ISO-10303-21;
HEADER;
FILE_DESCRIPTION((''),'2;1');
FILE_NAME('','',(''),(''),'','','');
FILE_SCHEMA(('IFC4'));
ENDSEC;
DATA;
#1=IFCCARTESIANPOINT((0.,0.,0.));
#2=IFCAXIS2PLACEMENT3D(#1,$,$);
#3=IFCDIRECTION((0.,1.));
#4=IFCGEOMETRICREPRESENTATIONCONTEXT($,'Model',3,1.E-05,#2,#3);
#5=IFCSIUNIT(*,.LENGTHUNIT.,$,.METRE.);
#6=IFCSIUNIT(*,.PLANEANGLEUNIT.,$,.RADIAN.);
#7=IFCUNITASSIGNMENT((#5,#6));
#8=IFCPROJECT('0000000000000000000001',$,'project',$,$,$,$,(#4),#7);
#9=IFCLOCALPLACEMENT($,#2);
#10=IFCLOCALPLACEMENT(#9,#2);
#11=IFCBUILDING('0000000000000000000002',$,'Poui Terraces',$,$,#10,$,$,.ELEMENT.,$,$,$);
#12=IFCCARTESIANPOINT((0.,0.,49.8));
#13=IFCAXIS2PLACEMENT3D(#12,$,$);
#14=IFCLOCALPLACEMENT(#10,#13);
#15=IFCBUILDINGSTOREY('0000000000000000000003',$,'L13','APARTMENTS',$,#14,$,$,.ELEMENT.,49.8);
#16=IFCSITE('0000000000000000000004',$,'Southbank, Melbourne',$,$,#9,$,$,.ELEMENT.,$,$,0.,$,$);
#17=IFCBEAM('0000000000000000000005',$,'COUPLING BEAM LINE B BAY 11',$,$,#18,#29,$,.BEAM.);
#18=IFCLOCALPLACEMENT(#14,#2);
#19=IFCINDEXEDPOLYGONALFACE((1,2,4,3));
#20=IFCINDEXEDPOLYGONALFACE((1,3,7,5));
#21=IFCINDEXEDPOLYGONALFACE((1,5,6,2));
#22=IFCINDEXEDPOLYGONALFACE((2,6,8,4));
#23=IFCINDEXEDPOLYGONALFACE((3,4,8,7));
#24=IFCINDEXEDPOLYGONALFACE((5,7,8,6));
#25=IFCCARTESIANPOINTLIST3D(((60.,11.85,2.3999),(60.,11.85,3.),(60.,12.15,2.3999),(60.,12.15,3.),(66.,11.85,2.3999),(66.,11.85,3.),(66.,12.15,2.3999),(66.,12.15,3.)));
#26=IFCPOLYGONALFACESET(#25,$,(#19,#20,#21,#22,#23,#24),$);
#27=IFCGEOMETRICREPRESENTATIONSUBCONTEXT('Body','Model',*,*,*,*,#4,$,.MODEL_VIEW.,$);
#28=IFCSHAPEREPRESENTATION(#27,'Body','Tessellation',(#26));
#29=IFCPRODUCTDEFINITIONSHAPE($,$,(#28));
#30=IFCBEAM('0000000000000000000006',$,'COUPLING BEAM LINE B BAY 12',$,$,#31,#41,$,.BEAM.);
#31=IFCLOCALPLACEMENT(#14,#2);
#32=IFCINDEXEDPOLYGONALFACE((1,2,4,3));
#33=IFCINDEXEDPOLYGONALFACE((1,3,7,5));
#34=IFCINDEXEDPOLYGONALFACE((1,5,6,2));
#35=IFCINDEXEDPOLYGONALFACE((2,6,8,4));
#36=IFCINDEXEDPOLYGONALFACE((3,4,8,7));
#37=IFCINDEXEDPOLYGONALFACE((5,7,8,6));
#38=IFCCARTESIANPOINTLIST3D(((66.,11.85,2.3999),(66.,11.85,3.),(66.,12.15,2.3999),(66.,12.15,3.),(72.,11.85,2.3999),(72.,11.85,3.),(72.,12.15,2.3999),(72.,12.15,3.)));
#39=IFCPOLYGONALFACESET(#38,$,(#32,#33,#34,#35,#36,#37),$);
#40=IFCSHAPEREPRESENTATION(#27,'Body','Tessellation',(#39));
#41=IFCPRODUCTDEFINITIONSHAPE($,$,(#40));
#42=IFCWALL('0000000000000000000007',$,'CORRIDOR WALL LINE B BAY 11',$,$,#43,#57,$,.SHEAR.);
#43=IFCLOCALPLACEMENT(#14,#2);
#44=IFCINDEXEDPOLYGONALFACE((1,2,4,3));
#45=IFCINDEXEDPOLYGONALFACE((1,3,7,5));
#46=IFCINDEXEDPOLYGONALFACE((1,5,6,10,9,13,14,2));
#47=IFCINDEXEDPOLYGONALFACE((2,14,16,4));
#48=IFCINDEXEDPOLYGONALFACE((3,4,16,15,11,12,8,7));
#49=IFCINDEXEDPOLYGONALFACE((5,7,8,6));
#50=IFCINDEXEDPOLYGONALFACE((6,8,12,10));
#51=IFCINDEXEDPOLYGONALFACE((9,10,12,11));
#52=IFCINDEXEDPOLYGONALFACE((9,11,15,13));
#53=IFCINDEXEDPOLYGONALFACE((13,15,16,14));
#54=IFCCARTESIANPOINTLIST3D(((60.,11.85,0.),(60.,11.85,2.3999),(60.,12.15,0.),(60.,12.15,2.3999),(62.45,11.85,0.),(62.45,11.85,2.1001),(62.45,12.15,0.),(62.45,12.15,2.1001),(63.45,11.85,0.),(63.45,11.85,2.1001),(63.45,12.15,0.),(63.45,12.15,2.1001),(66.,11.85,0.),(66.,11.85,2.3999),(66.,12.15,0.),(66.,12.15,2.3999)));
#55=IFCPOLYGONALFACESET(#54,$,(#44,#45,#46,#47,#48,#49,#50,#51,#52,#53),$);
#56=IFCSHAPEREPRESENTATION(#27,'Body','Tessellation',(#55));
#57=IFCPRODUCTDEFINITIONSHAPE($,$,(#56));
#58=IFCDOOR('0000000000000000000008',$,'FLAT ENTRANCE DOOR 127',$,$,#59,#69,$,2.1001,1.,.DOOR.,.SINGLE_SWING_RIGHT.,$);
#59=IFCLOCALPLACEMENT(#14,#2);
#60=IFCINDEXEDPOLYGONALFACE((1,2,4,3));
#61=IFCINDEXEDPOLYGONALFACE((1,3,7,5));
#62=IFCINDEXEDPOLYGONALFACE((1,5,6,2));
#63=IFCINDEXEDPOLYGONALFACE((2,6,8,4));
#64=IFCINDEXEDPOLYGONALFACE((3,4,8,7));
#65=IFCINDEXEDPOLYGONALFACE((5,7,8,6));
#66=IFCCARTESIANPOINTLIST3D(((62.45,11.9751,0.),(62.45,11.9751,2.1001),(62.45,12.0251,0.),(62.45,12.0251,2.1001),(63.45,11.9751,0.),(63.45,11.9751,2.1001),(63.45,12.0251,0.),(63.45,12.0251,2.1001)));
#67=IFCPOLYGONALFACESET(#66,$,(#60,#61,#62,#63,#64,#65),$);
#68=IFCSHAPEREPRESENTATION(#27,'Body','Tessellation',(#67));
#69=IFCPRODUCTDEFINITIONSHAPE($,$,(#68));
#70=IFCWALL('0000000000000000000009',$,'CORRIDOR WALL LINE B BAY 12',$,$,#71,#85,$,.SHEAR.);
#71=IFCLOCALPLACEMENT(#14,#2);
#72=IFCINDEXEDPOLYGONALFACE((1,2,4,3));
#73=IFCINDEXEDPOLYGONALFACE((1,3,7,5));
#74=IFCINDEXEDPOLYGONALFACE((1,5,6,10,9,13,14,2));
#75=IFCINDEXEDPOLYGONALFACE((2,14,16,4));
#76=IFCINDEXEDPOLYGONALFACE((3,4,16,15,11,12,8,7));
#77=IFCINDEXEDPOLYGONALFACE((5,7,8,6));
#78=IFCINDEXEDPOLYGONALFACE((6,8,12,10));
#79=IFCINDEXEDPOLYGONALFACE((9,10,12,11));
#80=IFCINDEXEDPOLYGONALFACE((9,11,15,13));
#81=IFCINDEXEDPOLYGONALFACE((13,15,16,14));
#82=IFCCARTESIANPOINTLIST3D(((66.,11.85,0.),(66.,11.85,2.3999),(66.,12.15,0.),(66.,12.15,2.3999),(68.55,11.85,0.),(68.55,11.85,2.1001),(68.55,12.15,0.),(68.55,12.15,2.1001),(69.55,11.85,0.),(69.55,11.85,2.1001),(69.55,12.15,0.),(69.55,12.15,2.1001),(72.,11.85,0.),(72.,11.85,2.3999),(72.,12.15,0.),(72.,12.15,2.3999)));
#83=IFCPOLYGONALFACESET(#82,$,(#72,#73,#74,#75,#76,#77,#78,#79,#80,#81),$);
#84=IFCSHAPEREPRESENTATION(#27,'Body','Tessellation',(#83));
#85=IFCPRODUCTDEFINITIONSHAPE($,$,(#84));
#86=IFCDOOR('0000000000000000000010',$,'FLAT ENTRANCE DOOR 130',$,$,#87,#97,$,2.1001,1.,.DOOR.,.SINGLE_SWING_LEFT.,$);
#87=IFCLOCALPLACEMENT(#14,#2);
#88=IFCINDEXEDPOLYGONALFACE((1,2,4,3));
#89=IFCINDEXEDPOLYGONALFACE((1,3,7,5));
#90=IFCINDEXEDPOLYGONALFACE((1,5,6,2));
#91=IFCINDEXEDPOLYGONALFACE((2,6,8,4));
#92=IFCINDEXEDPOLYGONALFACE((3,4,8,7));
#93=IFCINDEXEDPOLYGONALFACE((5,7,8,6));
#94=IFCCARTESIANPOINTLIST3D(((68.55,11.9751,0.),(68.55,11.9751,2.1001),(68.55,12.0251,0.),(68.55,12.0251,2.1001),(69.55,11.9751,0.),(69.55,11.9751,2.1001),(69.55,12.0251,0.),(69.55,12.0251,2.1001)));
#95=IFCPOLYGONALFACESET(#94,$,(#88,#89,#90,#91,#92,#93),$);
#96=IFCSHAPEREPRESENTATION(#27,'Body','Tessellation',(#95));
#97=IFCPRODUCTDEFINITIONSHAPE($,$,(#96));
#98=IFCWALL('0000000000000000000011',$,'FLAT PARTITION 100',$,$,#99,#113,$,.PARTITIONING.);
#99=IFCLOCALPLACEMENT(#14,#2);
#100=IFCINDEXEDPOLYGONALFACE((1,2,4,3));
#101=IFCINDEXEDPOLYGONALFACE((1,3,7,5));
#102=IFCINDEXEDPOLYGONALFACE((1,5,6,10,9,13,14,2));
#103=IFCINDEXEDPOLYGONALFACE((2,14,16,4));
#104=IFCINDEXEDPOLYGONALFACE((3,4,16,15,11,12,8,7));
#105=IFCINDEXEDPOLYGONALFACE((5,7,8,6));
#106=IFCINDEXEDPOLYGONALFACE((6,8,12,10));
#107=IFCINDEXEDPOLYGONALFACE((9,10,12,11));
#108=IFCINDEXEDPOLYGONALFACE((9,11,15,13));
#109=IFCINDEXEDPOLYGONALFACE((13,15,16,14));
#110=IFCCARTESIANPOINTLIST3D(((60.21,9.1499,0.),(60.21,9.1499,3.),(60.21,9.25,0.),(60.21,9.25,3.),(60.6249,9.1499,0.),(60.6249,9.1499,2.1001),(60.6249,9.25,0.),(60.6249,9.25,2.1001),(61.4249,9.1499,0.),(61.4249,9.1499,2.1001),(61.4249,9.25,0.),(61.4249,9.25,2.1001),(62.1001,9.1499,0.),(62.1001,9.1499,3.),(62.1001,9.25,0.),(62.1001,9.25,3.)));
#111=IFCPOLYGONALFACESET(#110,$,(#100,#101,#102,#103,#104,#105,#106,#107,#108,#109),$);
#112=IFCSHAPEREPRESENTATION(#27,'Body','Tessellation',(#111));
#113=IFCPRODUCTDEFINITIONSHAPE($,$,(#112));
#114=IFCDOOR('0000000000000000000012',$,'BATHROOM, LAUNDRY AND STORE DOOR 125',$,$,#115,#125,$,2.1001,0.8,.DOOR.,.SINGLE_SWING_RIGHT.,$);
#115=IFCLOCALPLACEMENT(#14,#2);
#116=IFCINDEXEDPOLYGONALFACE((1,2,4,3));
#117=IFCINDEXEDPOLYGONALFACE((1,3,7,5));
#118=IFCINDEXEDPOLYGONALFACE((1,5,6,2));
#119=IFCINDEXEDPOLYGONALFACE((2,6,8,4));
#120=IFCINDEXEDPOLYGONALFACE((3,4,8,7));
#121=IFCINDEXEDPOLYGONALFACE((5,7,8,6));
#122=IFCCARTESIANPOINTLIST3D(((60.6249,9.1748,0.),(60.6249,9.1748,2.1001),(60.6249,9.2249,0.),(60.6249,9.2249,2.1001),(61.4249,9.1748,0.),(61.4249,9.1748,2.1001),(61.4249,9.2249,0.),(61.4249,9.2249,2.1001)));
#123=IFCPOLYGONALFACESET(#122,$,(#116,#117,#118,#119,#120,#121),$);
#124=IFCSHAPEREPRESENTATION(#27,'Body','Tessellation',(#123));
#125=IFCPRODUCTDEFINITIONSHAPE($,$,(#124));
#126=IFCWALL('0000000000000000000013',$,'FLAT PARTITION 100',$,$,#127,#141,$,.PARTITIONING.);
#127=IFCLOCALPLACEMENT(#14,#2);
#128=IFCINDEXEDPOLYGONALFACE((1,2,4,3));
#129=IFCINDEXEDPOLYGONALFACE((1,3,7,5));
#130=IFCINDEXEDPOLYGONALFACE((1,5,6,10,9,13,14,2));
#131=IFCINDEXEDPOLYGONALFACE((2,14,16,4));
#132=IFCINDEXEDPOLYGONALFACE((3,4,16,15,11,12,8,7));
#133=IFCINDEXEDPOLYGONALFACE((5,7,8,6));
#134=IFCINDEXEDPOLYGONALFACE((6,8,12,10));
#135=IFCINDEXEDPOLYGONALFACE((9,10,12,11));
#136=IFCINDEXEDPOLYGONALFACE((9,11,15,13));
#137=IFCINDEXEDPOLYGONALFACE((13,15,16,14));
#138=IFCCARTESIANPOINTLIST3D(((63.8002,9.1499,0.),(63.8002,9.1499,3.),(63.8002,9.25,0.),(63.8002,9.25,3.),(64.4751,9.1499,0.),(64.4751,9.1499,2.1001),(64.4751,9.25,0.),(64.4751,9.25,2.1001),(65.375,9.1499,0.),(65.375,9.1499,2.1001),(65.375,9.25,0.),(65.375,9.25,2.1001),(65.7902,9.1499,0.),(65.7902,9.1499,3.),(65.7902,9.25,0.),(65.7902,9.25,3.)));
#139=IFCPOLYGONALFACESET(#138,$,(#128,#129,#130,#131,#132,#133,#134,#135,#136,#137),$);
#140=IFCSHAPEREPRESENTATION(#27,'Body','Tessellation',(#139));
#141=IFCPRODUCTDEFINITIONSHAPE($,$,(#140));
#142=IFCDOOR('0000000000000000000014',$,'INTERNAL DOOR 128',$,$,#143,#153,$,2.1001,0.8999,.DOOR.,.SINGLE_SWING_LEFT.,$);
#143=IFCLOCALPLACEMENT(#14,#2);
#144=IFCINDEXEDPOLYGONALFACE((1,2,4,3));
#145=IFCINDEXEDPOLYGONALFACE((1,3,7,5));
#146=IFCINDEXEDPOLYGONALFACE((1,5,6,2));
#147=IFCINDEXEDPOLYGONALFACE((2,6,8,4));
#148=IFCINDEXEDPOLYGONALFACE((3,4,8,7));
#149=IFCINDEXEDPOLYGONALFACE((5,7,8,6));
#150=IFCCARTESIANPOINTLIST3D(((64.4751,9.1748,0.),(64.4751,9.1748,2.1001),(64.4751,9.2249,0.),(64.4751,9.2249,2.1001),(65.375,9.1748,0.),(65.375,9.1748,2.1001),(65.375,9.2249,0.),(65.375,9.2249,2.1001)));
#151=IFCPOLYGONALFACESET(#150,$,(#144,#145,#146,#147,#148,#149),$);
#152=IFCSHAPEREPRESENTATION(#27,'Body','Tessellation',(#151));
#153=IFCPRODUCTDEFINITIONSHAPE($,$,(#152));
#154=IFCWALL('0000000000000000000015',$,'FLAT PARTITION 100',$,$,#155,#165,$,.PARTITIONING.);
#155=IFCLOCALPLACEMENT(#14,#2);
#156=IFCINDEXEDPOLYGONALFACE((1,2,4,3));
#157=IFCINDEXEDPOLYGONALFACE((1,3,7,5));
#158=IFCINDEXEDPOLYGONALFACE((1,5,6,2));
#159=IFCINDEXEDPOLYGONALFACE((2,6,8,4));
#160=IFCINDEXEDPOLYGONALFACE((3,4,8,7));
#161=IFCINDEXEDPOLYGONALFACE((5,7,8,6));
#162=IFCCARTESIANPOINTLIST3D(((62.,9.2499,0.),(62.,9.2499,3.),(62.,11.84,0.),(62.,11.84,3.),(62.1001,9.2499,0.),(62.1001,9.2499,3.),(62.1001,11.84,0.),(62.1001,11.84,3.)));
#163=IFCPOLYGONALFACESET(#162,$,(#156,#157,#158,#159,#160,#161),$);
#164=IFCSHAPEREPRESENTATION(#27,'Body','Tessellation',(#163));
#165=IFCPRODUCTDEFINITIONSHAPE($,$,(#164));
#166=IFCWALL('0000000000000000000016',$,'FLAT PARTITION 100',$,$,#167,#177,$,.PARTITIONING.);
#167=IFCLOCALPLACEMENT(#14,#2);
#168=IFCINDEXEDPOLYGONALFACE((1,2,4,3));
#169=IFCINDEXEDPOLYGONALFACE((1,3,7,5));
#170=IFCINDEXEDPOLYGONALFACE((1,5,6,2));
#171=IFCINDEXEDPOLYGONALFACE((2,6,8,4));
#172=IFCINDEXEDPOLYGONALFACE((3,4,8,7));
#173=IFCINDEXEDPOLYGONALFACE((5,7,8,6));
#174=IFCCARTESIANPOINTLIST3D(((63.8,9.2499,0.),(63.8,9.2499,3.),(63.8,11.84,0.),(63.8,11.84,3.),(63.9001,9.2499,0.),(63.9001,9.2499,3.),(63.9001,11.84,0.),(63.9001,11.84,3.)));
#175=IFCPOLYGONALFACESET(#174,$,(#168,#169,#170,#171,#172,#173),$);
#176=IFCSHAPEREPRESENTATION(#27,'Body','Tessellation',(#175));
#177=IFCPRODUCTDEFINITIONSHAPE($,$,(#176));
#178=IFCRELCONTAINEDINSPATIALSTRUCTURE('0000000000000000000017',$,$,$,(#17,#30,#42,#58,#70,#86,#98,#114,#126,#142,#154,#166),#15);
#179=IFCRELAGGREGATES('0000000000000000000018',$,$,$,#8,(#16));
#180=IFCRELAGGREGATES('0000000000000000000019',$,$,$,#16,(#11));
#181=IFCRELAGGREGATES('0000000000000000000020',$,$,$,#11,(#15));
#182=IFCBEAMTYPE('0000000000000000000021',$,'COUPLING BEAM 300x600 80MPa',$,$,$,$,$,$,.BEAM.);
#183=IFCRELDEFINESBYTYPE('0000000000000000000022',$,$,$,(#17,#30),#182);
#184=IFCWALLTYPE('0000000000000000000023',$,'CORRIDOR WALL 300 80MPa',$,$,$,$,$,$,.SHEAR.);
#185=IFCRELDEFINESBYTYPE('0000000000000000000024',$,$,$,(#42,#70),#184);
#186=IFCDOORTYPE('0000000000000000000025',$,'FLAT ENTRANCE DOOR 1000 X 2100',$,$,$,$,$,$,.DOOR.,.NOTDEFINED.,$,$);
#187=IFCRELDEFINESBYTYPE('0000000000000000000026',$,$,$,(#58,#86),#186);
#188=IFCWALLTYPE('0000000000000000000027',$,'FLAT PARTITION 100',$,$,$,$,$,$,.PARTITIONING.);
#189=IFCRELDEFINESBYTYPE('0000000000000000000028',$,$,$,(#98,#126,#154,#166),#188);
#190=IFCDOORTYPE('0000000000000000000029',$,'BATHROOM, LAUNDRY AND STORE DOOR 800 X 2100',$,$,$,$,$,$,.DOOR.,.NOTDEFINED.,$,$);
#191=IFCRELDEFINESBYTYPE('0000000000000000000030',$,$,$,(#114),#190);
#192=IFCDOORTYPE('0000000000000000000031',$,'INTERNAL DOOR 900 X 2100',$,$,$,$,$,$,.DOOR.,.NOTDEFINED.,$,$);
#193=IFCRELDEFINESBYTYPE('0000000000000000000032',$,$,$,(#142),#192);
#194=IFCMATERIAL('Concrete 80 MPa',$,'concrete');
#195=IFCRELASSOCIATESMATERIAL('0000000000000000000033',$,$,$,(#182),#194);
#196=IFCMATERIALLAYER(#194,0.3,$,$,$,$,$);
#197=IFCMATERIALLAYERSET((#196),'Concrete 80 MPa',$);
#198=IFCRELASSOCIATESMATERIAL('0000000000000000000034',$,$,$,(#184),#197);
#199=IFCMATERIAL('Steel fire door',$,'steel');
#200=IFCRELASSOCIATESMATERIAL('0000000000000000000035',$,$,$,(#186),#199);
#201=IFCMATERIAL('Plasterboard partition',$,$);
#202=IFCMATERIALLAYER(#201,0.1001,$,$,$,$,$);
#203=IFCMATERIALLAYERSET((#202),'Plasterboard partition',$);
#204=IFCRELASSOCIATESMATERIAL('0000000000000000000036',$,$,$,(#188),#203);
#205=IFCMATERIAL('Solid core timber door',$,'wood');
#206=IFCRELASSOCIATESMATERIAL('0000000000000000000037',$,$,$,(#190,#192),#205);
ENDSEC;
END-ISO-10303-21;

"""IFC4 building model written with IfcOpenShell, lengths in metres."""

from ifc_helpers import new_model, si_unit, direction, frame, frame_2d, origin, origin_2d, place, context, subcontext, project, spatial, rectangle, extrude, source, transform, mapped, material, layer, layer_set, material_profile, profile_set, type_object, element, fill, save


model = new_model("IFC4")

# Units and contexts
model_context = context("Model", 3, precision=1e-05, world=origin(), true_north=direction((0.0, 1.0)))
body_context = subcontext(model_context, "Body", "Model", "MODEL_VIEW")
ifc_project = project(units=[si_unit("LENGTHUNIT", "METRE"), si_unit("PLANEANGLEUNIT", "RADIAN")], contexts=[model_context])

# Site, building, storey
site_placement = place(None, origin())
site = spatial("IfcSite", under=ifc_project, at=site_placement, Name="Southbank, Melbourne", CompositionType="ELEMENT", RefElevation=0.0)
building_placement = place(site_placement, origin())
building = spatial("IfcBuilding", under=site, at=building_placement, Name="Poui Terraces", CompositionType="ELEMENT")
storey_placement = place(building_placement, frame((0.0, 0.0, 49.8)))
storey = spatial("IfcBuildingStorey", under=building, at=storey_placement, Name="L13", Description="APARTMENTS", CompositionType="ELEMENT", Elevation=49.8)

# Beams
ifc_material_1 = material(Name="Concrete 80 MPa", Category="concrete")
ifc_material_profile = material_profile(ifc_material_1, rectangle(XDim=0.3, YDim=0.6001, at=origin_2d()), Name="RC 300x600")
ifc_profile_set = profile_set([ifc_material_profile], Name="Concrete 80 MPa")
beam_type = type_object("IfcBeamType", Name="COUPLING BEAM 300x600 80MPa", PredefinedType="BEAM", material=ifc_profile_set)
shared_shape = source(origin(), body_context, "Body", "SweptSolid", [
    extrude(rectangle(XDim=0.3, YDim=0.6001, at=origin_2d()), origin(), (0.0, 0.0, 1.0), 6.0),
])
for number, where, z_axis, x_axis, name in (
    (1, (60.0, 12.0, 2.7), (1.0, 0.0, 0.0), (0.0, 1.0, 0.0), "COUPLING BEAM LINE B BAY 11"),
    (2, (66.0, 12.0, 2.7), (1.0, 0.0, 0.0), (0.0, 1.0, 0.0), "COUPLING BEAM LINE B BAY 12"),
):
    element("IfcBeam", number, at=place(storey_placement, frame(where, z_axis=z_axis, x_axis=x_axis)), inside=storey, type_object=beam_type, Name=name, PredefinedType="BEAM", context=body_context, shape_type="MappedRepresentation", body=[
        mapped(shared_shape, transform((0.0, 0.0, 0.0))),
    ])

# Walls, openings, doors
ifc_layer_1 = layer(ifc_material_1, 0.3)
ifc_layer_set_1 = layer_set([ifc_layer_1], Name="Concrete 80 MPa")
wall_type_1 = type_object("IfcWallType", Name="CORRIDOR WALL 300 80MPa", PredefinedType="SHEAR", material=ifc_layer_set_1)
wall_1_placement = place(storey_placement, frame((60.0, 12.0, 0.0), z_axis=(0.0, 0.0, 1.0), x_axis=(1.0, 0.0, 0.0)))
wall_1 = element("IfcWall", 3, at=wall_1_placement, inside=storey, type_object=wall_type_1, Name="CORRIDOR WALL LINE B BAY 11", PredefinedType="SHEAR", context=body_context, shape_type="SweptSolid", body=[
    extrude(rectangle(XDim=6.0, YDim=0.3, at=frame_2d((3.0, 0.0))), origin(), (0.0, 0.0, 1.0), 2.3999),
])
opening_1_placement = place(wall_1_placement, frame((2.45, 0.0, 0.0)))
opening_1 = element("IfcOpeningElement", 4, at=opening_1_placement, cuts=wall_1, PredefinedType="OPENING", context=body_context, shape_type="SweptSolid", body=[
    extrude(rectangle(XDim=1.0, YDim=2.1001, at=frame_2d((0.5, 1.05))), frame((0.0, 0.1602, 0.0), z_axis=(0.0, -1.0, 0.0), x_axis=(1.0, 0.0, 0.0)), (0.0, 0.0, 1.0), 0.3201),
])
ifc_material_2 = material(Name="Steel fire door", Category="steel")
door_type_1 = type_object("IfcDoorType", Name="FLAT ENTRANCE DOOR 1000 X 2100", OperationType="NOTDEFINED", PredefinedType="DOOR", material=ifc_material_2)
door_1_placement = place(opening_1_placement, frame((1.0, 0.0, 0.0), z_axis=(0.0, 0.0, 1.0), x_axis=(-1.0, 0.0, 0.0)))
door_1 = element("IfcDoor", 5, at=door_1_placement, inside=storey, type_object=door_type_1, Name="FLAT ENTRANCE DOOR 127", OperationType="SINGLE_SWING_RIGHT", OverallHeight=2.1001, OverallWidth=1.0, PredefinedType="DOOR", context=body_context, shape_type="SweptSolid", body=[
    extrude(rectangle(XDim=1.0, YDim=2.1001, at=frame_2d((0.5, 1.05))), frame((0.0, 0.0249, 0.0), z_axis=(0.0, -1.0, 0.0), x_axis=(1.0, 0.0, 0.0)), (0.0, 0.0, 1.0), 0.05),
])
fill(opening_1, door_1)
wall_2_placement = place(storey_placement, frame((66.0, 12.0, 0.0), z_axis=(0.0, 0.0, 1.0), x_axis=(1.0, 0.0, 0.0)))
wall_2 = element("IfcWall", 6, at=wall_2_placement, inside=storey, type_object=wall_type_1, Name="CORRIDOR WALL LINE B BAY 12", PredefinedType="SHEAR", context=body_context, shape_type="SweptSolid", body=[
    extrude(rectangle(XDim=6.0, YDim=0.3, at=frame_2d((3.0, 0.0))), origin(), (0.0, 0.0, 1.0), 2.3999),
])
opening_2_placement = place(wall_2_placement, frame((2.55, 0.0, 0.0)))
opening_2 = element("IfcOpeningElement", 7, at=opening_2_placement, cuts=wall_2, PredefinedType="OPENING", context=body_context, shape_type="SweptSolid", body=[
    extrude(rectangle(XDim=1.0, YDim=2.1001, at=frame_2d((0.5, 1.05))), frame((0.0, 0.1602, 0.0), z_axis=(0.0, -1.0, 0.0), x_axis=(1.0, 0.0, 0.0)), (0.0, 0.0, 1.0), 0.3201),
])
door_2_placement = place(opening_2_placement, frame((1.0, 0.0, 0.0), z_axis=(0.0, 0.0, 1.0), x_axis=(-1.0, 0.0, 0.0)))
door_2 = element("IfcDoor", 8, at=door_2_placement, inside=storey, type_object=door_type_1, Name="FLAT ENTRANCE DOOR 130", OperationType="SINGLE_SWING_LEFT", OverallHeight=2.1001, OverallWidth=1.0, PredefinedType="DOOR", context=body_context, shape_type="SweptSolid", body=[
    extrude(rectangle(XDim=1.0, YDim=2.1001, at=frame_2d((0.5, 1.05))), frame((0.0, 0.0249, 0.0), z_axis=(0.0, -1.0, 0.0), x_axis=(1.0, 0.0, 0.0)), (0.0, 0.0, 1.0), 0.05),
])
fill(opening_2, door_2)
ifc_material_3 = material(Name="Plasterboard partition")
ifc_layer_2 = layer(ifc_material_3, 0.1001)
ifc_layer_set_2 = layer_set([ifc_layer_2], Name="Plasterboard partition")
wall_type_2 = type_object("IfcWallType", Name="FLAT PARTITION 100", PredefinedType="PARTITIONING", material=ifc_layer_set_2)
wall_3_placement = place(storey_placement, frame((60.21, 9.2, 0.0), z_axis=(0.0, 0.0, 1.0), x_axis=(1.0, 0.0, 0.0)))
wall_3 = element("IfcWall", 9, at=wall_3_placement, inside=storey, type_object=wall_type_2, Name="FLAT PARTITION 100", PredefinedType="PARTITIONING", context=body_context, shape_type="SweptSolid", body=[
    extrude(rectangle(XDim=1.8901, YDim=0.1001, at=frame_2d((0.9451, 0.0))), origin(), (0.0, 0.0, 1.0), 3.0),
])
opening_3_placement = place(wall_3_placement, frame((0.415, 0.0, 0.0)))
opening_3 = element("IfcOpeningElement", 10, at=opening_3_placement, cuts=wall_3, PredefinedType="OPENING", context=body_context, shape_type="SweptSolid", body=[
    extrude(rectangle(XDim=0.8, YDim=2.1001, at=frame_2d((0.3999, 1.05))), frame((0.0, 0.0601, 0.0), z_axis=(0.0, -1.0, 0.0), x_axis=(1.0, 0.0, 0.0)), (0.0, 0.0, 1.0), 0.1201),
])
ifc_material_4 = material(Name="Solid core timber door", Category="wood")
door_type_2 = type_object("IfcDoorType", Name="BATHROOM, LAUNDRY AND STORE DOOR 800 X 2100", OperationType="NOTDEFINED", PredefinedType="DOOR", material=ifc_material_4)
door_3_placement = place(opening_3_placement, origin())
door_3 = element("IfcDoor", 11, at=door_3_placement, inside=storey, type_object=door_type_2, Name="BATHROOM, LAUNDRY AND STORE DOOR 125", OperationType="SINGLE_SWING_RIGHT", OverallHeight=2.1001, OverallWidth=0.8, PredefinedType="DOOR", context=body_context, shape_type="SweptSolid", body=[
    extrude(rectangle(XDim=0.8, YDim=2.1001, at=frame_2d((0.3999, 1.05))), frame((0.0, 0.0249, 0.0), z_axis=(0.0, -1.0, 0.0), x_axis=(1.0, 0.0, 0.0)), (0.0, 0.0, 1.0), 0.05),
])
fill(opening_3, door_3)
wall_4_placement = place(storey_placement, frame((63.8, 9.2, 0.0), z_axis=(0.0, 0.0, 1.0), x_axis=(1.0, 0.0, 0.0)))
wall_4 = element("IfcWall", 12, at=wall_4_placement, inside=storey, type_object=wall_type_2, Name="FLAT PARTITION 100", PredefinedType="PARTITIONING", context=body_context, shape_type="SweptSolid", body=[
    extrude(rectangle(XDim=1.99, YDim=0.1001, at=frame_2d((0.9951, 0.0))), origin(), (0.0, 0.0, 1.0), 3.0),
])
opening_4_placement = place(wall_4_placement, frame((0.675, 0.0, 0.0)))
opening_4 = element("IfcOpeningElement", 13, at=opening_4_placement, cuts=wall_4, PredefinedType="OPENING", context=body_context, shape_type="SweptSolid", body=[
    extrude(rectangle(XDim=0.8999, YDim=2.1001, at=frame_2d((0.45, 1.05))), frame((0.0, 0.0601, 0.0), z_axis=(0.0, -1.0, 0.0), x_axis=(1.0, 0.0, 0.0)), (0.0, 0.0, 1.0), 0.1201),
])
door_type_3 = type_object("IfcDoorType", Name="INTERNAL DOOR 900 X 2100", OperationType="NOTDEFINED", PredefinedType="DOOR", material=ifc_material_4)
door_4_placement = place(opening_4_placement, origin())
door_4 = element("IfcDoor", 14, at=door_4_placement, inside=storey, type_object=door_type_3, Name="INTERNAL DOOR 128", OperationType="SINGLE_SWING_LEFT", OverallHeight=2.1001, OverallWidth=0.8999, PredefinedType="DOOR", context=body_context, shape_type="SweptSolid", body=[
    extrude(rectangle(XDim=0.8999, YDim=2.1001, at=frame_2d((0.45, 1.05))), frame((0.0, 0.0249, 0.0), z_axis=(0.0, -1.0, 0.0), x_axis=(1.0, 0.0, 0.0)), (0.0, 0.0, 1.0), 0.05),
])
fill(opening_4, door_4)

# Walls
for number, where, z_axis, x_axis, name in (
    (15, (62.05, 9.25, 0.0), (0.0, 0.0, 1.0), (0.0, 1.0, 0.0), "FLAT PARTITION 100"),
    (16, (63.8501, 9.25, 0.0), (0.0, 0.0, 1.0), (0.0, 1.0, 0.0), "FLAT PARTITION 100"),
):
    element("IfcWall", number, at=place(storey_placement, frame(where, z_axis=z_axis, x_axis=x_axis)), inside=storey, type_object=wall_type_2, Name=name, PredefinedType="PARTITIONING", context=body_context, shape_type="SweptSolid", body=[
        extrude(rectangle(XDim=2.5901, YDim=0.1001, at=frame_2d((1.2949, 0.0))), origin(), (0.0, 0.0, 1.0), 3.0),
    ])

save(model, "model.ifc")
